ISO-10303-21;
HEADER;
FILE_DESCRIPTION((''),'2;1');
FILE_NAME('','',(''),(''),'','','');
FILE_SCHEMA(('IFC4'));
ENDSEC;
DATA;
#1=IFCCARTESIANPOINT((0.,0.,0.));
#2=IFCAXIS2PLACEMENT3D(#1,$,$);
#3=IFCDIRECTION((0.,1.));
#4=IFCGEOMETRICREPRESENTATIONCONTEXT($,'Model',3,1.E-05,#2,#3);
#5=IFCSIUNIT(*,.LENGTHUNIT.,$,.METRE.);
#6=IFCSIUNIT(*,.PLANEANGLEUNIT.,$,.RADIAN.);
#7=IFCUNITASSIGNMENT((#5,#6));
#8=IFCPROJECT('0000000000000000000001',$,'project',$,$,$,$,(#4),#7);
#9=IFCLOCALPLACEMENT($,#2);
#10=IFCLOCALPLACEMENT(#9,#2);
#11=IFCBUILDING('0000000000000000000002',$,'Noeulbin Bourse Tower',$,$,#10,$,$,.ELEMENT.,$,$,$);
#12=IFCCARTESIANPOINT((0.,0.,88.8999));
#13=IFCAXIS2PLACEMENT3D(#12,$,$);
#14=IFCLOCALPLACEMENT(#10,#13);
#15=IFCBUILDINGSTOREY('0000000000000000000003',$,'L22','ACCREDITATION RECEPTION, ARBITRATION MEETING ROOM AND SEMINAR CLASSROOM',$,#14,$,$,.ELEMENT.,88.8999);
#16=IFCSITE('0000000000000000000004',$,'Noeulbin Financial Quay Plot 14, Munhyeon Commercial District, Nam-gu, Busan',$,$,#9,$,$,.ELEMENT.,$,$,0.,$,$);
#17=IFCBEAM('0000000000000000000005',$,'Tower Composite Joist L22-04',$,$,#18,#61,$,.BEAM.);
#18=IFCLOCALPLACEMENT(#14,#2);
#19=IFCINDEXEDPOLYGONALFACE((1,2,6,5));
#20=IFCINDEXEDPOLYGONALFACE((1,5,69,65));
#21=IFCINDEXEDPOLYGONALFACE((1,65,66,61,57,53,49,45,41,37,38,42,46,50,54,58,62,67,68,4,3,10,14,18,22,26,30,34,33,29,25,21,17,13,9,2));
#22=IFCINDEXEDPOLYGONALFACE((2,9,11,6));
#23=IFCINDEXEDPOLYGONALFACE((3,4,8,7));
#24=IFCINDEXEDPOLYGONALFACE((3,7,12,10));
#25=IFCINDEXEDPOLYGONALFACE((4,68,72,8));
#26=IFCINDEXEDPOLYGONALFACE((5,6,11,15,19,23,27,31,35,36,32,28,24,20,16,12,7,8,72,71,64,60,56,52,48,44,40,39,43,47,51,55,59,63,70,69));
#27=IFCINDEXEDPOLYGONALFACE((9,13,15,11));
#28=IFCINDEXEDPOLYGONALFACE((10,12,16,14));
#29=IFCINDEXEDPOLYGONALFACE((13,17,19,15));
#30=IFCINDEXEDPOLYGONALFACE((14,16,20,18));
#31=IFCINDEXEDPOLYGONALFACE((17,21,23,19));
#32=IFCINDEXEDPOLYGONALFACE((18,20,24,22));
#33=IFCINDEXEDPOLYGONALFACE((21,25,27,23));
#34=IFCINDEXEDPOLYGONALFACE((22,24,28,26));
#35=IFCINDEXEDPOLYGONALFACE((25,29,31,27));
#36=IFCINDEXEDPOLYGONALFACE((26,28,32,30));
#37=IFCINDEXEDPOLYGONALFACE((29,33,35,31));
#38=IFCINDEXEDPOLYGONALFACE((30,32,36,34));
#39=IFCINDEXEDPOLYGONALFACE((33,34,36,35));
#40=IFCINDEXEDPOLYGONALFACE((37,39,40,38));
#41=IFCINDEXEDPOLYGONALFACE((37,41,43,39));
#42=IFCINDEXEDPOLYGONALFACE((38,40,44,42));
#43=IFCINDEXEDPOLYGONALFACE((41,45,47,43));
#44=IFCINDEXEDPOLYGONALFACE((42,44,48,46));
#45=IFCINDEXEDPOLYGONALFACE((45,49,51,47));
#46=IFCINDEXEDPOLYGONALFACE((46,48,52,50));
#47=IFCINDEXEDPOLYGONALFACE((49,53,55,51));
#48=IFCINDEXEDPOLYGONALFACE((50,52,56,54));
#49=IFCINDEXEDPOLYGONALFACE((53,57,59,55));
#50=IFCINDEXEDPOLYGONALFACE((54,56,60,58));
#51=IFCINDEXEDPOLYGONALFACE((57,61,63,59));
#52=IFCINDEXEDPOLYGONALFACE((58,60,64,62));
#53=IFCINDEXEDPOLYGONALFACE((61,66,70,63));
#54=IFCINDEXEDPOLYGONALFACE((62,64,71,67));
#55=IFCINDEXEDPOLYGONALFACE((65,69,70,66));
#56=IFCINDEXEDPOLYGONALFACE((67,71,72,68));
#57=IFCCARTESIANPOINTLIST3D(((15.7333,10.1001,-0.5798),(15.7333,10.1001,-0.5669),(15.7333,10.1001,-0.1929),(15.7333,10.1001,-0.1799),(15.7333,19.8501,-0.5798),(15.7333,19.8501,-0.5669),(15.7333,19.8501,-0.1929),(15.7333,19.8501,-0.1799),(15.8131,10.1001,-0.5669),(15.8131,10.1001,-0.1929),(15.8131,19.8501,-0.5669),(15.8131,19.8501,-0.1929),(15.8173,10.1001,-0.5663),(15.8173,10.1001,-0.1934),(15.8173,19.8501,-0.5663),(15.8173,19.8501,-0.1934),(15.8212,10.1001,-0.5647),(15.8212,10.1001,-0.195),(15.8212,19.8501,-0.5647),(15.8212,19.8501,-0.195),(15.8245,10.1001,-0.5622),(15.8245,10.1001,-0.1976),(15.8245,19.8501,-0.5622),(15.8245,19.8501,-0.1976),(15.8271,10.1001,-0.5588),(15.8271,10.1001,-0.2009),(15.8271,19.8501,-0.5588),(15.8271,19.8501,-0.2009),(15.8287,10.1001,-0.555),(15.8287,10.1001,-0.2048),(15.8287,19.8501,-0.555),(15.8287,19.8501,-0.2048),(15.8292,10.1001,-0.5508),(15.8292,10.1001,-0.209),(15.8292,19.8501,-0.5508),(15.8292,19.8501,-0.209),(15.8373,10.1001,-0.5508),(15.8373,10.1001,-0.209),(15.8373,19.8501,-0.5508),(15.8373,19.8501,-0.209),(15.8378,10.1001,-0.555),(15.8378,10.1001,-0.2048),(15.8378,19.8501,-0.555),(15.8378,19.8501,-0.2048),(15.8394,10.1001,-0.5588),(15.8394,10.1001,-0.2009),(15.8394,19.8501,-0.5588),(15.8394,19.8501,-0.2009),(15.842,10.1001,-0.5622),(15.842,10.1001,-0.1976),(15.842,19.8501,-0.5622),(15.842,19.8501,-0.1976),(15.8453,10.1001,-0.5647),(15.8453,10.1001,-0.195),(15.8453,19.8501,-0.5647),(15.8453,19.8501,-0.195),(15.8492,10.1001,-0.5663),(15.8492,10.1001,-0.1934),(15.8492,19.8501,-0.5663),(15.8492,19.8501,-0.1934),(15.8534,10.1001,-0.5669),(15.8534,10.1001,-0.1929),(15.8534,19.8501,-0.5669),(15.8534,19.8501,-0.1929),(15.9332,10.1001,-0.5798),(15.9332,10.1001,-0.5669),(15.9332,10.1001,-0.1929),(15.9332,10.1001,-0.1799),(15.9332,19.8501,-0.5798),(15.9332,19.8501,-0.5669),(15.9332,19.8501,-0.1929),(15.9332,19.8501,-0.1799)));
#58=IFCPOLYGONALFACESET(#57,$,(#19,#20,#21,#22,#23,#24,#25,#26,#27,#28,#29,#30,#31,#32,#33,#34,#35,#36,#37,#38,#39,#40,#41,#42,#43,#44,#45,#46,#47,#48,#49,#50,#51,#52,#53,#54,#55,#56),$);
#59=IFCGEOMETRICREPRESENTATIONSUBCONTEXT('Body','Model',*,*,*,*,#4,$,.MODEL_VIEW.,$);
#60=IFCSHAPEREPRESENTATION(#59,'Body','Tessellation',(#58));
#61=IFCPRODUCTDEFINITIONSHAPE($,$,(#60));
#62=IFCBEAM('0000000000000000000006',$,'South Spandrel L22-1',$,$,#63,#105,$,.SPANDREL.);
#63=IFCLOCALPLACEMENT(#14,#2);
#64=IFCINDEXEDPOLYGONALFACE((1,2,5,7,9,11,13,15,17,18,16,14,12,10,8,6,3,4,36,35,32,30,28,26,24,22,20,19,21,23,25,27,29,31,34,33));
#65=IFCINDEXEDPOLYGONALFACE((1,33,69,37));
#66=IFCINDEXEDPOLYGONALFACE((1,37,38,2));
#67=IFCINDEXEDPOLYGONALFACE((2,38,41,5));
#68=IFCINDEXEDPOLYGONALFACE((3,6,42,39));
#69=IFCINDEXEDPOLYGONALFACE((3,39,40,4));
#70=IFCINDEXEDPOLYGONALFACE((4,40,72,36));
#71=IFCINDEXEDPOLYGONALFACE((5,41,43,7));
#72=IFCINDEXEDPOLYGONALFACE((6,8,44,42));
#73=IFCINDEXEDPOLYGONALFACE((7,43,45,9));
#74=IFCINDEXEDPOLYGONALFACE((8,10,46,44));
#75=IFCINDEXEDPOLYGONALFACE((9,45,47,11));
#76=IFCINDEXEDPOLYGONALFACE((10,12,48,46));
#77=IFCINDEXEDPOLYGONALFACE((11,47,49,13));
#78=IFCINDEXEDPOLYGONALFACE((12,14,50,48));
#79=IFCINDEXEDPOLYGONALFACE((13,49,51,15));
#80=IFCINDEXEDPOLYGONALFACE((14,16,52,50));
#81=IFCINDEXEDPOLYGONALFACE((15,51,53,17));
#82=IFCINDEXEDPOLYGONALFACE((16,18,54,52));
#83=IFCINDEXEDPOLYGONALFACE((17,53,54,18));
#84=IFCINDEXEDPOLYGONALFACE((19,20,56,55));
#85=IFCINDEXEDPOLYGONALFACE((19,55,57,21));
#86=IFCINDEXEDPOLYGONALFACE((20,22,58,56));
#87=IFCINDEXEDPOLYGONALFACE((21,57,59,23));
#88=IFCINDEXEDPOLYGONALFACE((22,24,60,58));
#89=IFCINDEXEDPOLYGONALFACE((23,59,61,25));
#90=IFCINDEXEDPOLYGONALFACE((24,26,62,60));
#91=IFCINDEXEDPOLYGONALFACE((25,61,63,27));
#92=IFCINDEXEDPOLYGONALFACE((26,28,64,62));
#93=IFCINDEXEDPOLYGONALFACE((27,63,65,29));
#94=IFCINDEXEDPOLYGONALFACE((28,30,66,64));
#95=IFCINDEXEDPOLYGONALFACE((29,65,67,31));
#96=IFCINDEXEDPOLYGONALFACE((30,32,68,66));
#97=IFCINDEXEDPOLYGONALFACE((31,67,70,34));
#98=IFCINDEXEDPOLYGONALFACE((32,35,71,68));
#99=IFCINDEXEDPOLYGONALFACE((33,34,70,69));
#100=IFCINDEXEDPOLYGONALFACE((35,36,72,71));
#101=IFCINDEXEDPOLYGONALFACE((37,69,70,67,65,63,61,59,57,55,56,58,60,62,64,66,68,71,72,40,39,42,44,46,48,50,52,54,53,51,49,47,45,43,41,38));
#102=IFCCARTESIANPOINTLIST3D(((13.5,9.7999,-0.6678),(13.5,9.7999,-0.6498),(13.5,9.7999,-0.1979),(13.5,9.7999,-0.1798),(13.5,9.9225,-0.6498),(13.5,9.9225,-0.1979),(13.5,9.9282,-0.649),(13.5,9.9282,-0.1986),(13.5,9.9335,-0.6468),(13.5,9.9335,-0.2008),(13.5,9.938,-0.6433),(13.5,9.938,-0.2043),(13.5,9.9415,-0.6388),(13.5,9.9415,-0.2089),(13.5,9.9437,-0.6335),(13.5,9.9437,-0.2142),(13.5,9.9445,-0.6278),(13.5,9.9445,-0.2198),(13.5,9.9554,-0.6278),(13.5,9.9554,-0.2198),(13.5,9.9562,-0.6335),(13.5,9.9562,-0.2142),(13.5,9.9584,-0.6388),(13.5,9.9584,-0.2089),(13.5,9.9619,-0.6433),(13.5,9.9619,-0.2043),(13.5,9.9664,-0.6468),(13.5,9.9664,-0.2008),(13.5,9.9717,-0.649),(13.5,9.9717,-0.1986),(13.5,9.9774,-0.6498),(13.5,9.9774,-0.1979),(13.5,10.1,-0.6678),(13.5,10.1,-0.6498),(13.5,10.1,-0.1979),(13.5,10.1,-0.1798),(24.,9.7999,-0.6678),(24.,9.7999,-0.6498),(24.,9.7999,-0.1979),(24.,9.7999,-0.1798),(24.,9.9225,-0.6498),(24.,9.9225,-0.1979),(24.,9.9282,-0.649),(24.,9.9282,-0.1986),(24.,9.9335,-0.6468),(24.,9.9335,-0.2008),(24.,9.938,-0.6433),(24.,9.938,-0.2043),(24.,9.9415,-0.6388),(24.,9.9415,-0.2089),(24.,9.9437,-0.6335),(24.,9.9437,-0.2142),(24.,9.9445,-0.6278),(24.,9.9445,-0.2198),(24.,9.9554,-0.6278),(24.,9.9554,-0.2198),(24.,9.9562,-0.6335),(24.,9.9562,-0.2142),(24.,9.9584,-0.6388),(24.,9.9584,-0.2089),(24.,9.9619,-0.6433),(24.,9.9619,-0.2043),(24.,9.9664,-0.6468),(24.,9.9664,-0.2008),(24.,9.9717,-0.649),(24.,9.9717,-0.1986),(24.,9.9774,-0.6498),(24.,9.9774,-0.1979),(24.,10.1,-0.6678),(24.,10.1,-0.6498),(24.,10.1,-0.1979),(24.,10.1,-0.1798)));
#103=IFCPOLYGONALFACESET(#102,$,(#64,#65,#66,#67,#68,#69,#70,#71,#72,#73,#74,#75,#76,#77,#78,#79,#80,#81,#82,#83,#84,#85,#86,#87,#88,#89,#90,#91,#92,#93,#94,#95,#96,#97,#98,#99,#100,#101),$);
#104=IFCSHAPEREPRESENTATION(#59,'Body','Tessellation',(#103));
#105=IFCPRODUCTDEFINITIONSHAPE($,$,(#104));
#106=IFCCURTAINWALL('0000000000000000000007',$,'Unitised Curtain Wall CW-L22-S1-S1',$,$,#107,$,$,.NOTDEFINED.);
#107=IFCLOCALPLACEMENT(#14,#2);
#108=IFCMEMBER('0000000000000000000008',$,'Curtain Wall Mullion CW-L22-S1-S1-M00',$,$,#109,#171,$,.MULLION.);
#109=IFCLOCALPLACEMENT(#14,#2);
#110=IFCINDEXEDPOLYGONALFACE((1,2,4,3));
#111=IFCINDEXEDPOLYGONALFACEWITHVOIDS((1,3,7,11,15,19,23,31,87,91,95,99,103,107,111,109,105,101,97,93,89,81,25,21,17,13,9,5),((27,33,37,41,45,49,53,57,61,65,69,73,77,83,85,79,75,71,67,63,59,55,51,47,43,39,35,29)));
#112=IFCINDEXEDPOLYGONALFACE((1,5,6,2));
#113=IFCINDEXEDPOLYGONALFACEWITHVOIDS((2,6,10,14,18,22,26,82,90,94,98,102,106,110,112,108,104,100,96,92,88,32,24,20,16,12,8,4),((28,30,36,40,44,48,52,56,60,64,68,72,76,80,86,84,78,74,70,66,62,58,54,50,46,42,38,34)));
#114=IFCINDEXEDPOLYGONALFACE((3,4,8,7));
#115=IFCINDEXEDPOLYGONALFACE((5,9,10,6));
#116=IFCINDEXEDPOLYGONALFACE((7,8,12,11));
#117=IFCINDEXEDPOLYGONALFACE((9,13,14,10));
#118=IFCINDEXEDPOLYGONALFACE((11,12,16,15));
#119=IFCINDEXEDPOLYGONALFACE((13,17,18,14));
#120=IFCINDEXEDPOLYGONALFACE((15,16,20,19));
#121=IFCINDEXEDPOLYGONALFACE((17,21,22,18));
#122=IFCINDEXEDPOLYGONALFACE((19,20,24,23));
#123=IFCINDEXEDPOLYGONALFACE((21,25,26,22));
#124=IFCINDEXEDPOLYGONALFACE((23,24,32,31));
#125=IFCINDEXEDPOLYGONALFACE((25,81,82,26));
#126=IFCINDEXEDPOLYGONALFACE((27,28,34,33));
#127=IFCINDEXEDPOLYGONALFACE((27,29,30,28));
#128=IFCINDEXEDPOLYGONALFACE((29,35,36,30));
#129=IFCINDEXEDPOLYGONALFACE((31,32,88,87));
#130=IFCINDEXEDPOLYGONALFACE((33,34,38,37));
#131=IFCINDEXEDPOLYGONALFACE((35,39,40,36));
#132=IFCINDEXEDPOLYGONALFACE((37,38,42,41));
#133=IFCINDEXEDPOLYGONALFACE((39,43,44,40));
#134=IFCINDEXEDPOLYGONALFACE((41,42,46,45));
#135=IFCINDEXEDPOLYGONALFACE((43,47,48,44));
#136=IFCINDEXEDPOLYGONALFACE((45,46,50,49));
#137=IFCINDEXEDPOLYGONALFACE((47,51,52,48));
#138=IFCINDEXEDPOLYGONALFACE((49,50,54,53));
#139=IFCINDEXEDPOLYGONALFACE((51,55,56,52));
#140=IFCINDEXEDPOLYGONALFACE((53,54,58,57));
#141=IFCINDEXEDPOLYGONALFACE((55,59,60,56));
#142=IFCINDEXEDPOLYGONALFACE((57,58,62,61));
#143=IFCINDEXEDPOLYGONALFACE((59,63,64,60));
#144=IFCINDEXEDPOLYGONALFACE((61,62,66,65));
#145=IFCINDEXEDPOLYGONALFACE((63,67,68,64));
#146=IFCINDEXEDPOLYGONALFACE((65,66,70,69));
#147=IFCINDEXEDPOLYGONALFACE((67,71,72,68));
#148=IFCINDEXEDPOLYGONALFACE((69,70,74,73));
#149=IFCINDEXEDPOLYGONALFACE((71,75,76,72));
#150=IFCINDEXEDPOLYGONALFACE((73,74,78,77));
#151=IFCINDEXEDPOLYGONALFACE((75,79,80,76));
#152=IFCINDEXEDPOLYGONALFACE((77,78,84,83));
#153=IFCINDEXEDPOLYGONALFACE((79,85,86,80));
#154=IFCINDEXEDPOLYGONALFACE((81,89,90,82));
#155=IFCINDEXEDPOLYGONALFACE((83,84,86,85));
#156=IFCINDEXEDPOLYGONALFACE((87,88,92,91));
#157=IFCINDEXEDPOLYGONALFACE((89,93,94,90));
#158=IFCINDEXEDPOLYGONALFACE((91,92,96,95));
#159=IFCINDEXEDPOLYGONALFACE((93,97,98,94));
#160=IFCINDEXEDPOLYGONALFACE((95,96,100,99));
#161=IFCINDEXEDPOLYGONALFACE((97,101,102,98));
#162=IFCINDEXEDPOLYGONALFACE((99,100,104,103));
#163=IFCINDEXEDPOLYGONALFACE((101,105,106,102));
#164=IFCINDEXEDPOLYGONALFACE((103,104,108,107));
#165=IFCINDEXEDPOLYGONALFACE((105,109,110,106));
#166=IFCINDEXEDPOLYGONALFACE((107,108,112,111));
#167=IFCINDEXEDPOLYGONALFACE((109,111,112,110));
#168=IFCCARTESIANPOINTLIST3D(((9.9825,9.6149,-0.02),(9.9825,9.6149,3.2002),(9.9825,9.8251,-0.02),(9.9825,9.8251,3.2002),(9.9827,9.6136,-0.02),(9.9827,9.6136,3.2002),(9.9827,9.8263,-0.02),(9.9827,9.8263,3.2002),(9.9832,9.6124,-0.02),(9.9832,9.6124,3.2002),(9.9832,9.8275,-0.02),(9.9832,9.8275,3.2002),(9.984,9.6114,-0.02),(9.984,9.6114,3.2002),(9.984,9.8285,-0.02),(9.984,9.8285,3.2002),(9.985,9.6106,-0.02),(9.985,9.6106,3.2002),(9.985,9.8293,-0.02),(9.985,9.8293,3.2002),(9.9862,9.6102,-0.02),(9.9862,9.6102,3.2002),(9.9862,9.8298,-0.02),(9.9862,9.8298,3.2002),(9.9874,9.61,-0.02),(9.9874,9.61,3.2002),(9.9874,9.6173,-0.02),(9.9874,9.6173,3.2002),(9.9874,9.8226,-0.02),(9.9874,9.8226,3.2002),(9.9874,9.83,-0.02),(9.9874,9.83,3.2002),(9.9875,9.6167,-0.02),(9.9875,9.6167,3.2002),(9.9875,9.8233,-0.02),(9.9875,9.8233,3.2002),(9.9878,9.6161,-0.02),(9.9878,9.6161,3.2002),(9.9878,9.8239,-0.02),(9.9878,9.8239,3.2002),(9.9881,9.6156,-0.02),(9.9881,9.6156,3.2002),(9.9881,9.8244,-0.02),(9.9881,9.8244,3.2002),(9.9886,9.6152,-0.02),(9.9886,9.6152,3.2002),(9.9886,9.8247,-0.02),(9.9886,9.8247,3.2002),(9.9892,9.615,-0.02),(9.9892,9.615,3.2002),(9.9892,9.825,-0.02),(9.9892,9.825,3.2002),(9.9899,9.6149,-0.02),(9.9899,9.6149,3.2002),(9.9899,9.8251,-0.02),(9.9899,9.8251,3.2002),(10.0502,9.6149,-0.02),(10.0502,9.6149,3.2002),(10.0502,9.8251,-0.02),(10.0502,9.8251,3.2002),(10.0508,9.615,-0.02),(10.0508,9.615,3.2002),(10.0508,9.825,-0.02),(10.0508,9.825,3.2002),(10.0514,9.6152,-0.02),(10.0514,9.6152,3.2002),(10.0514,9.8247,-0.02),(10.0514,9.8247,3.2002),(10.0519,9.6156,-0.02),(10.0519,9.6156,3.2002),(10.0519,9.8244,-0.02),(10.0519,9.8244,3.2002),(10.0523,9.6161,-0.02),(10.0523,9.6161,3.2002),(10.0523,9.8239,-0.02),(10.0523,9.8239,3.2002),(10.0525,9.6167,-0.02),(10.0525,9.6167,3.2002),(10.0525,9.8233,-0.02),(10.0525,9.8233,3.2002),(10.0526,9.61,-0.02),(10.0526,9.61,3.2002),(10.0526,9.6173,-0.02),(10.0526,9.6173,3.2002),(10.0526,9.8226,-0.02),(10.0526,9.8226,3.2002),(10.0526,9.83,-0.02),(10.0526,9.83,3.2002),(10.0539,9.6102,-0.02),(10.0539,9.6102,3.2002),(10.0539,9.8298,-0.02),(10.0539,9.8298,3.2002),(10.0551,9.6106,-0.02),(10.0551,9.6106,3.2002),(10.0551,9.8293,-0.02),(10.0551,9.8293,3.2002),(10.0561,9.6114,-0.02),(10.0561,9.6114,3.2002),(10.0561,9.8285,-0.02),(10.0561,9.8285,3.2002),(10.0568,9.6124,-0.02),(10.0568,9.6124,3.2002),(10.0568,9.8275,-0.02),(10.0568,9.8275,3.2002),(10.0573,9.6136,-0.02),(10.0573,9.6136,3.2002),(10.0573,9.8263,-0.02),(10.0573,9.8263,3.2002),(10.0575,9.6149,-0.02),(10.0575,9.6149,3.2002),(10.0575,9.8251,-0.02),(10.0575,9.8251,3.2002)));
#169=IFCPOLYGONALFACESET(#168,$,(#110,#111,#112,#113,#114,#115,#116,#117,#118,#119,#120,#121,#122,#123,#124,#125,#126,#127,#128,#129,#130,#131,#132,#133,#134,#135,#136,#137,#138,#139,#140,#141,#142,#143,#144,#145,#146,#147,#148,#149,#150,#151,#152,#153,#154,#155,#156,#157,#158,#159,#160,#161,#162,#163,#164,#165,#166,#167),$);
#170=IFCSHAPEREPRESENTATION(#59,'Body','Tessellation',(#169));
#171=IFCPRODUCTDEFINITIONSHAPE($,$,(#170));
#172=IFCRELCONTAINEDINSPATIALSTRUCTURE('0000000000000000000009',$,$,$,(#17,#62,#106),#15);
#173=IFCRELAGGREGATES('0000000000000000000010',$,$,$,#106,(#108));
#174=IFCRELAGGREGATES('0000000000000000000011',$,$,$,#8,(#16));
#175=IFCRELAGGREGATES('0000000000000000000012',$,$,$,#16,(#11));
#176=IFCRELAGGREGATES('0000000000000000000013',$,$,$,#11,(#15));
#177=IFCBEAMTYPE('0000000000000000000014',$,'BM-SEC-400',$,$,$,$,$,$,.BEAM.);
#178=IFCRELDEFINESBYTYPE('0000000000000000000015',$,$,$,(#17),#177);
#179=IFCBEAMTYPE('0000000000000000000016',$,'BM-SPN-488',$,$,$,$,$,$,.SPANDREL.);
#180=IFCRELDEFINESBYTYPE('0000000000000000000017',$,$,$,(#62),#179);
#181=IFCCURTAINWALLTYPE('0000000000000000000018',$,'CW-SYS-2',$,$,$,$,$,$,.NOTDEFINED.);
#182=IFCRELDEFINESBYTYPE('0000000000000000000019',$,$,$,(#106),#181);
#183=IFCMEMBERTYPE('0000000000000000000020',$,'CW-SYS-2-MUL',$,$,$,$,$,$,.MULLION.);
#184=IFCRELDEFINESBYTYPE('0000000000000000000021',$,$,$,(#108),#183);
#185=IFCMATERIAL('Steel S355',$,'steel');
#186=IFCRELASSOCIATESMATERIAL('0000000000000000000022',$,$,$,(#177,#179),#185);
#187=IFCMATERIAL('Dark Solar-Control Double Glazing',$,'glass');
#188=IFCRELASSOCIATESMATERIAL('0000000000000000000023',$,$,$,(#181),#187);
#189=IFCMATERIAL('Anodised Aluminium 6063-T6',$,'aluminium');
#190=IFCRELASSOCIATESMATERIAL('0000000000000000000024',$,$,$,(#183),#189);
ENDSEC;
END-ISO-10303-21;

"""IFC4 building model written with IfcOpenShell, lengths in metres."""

from ifc_helpers import new_model, si_unit, direction, frame, origin, origin_2d, place, context, subcontext, project, spatial, hollow_rectangle, i_section, extrude, material, material_profile, profile_set, type_object, element, aggregate, save


model = new_model("IFC4")

# Units and contexts
model_context = context("Model", 3, precision=1e-05, world=origin(), true_north=direction((0.0, 1.0)))
body_context = subcontext(model_context, "Body", "Model", "MODEL_VIEW")
ifc_project = project(units=[si_unit("LENGTHUNIT", "METRE"), si_unit("PLANEANGLEUNIT", "RADIAN")], contexts=[model_context])

# Site, building, storey
site_placement = place(None, origin())
site = spatial("IfcSite", under=ifc_project, at=site_placement, Name="Noeulbin Financial Quay Plot 14, Munhyeon Commercial District, Nam-gu, Busan", CompositionType="ELEMENT", RefElevation=0.0)
building_placement = place(site_placement, origin())
building = spatial("IfcBuilding", under=site, at=building_placement, Name="Noeulbin Bourse Tower", CompositionType="ELEMENT")
storey_placement = place(building_placement, frame((0.0, 0.0, 88.8999)))
storey = spatial("IfcBuildingStorey", under=building, at=storey_placement, Name="L22", Description="ACCREDITATION RECEPTION, ARBITRATION MEETING ROOM AND SEMINAR CLASSROOM", CompositionType="ELEMENT", Elevation=88.8999)

# Beams
ifc_material_1 = material(Name="Steel S355", Category="steel")
ifc_material_profile_1 = material_profile(ifc_material_1, i_section(OverallWidth=0.2, OverallDepth=0.3999, WebThickness=0.0081, FlangeThickness=0.0129, FilletRadius=0.0161, at=origin_2d()), Name="H-400x200x8x13", Category="LoadBearing")
ifc_profile_set_1 = profile_set([ifc_material_profile_1], Name="Steel S355")
beam_type_1 = type_object("IfcBeamType", Name="BM-SEC-400", PredefinedType="BEAM", material=ifc_profile_set_1)
for number, where, z_axis, x_axis, name in (
    (1, (15.8333, 10.1001, -0.3799), (0.0, 1.0, 0.0), (-1.0, 0.0, 0.0), "Tower Composite Joist L22-04"),
):
    element("IfcBeam", number, at=place(storey_placement, frame(where, z_axis=z_axis, x_axis=x_axis)), inside=storey, type_object=beam_type_1, Name=name, PredefinedType="BEAM", context=body_context, shape_type="SweptSolid", body=[
        extrude(i_section(OverallWidth=0.2, OverallDepth=0.3999, WebThickness=0.0081, FlangeThickness=0.0129, FilletRadius=0.0161, at=origin_2d()), origin(), (0.0, 0.0, 1.0), 9.75),
    ])
ifc_material_profile_2 = material_profile(ifc_material_1, i_section(OverallWidth=0.3, OverallDepth=0.488, WebThickness=0.011, FlangeThickness=0.0181, FilletRadius=0.022, at=origin_2d()), Name="H-488x300x11x18", Category="LoadBearing")
ifc_profile_set_2 = profile_set([ifc_material_profile_2], Name="Steel S355")
beam_type_2 = type_object("IfcBeamType", Name="BM-SPN-488", PredefinedType="SPANDREL", material=ifc_profile_set_2)
beam_1_placement = place(storey_placement, frame((13.5, 9.95, -0.4238), z_axis=(1.0, 0.0, 0.0), x_axis=(0.0, 1.0, 0.0)))
element("IfcBeam", 2, at=beam_1_placement, inside=storey, type_object=beam_type_2, Name="South Spandrel L22-1", PredefinedType="SPANDREL", context=body_context, shape_type="SweptSolid", body=[
    extrude(i_section(OverallWidth=0.3, OverallDepth=0.488, WebThickness=0.011, FlangeThickness=0.0181, FilletRadius=0.022, at=origin_2d()), origin(), (0.0, 0.0, 1.0), 10.5),
])

# Curtain wall, member
ifc_material_2 = material(Name="Dark Solar-Control Double Glazing", Category="glass")
curtain_wall_type = type_object("IfcCurtainWallType", Name="CW-SYS-2", PredefinedType="NOTDEFINED", material=ifc_material_2)
curtain_wall_1_placement = place(storey_placement, origin())
curtain_wall_1 = element("IfcCurtainWall", 3, at=curtain_wall_1_placement, inside=storey, type_object=curtain_wall_type, Name="Unitised Curtain Wall CW-L22-S1-S1", PredefinedType="NOTDEFINED")
ifc_material_3 = material(Name="Anodised Aluminium 6063-T6", Category="aluminium")
ifc_material_profile_3 = material_profile(ifc_material_3, hollow_rectangle(XDim=0.075, YDim=0.22, WallThickness=0.0049, InnerFilletRadius=0.0024, OuterFilletRadius=0.0049, at=origin_2d()), Name="ALU-MULL-75x220x5", Category="LoadBearing")
ifc_profile_set_3 = profile_set([ifc_material_profile_3], Name="Anodised Aluminium 6063-T6")
member_type_1 = type_object("IfcMemberType", Name="CW-SYS-2-MUL", PredefinedType="MULLION", material=ifc_profile_set_3)
member_1_placement = place(storey_placement, frame((10.02, 9.72, -0.02), z_axis=(0.0, 0.0, 1.0), x_axis=(1.0, 0.0, 0.0)))
member_1 = element("IfcMember", 4, at=member_1_placement, type_object=member_type_1, Name="Curtain Wall Mullion CW-L22-S1-S1-M00", PredefinedType="MULLION", context=body_context, shape_type="SweptSolid", body=[
    extrude(hollow_rectangle(XDim=0.075, YDim=0.22, WallThickness=0.0049, InnerFilletRadius=0.0024, OuterFilletRadius=0.0049, at=origin_2d()), origin(), (0.0, 0.0, 1.0), 3.2202),
])

aggregate(curtain_wall_1, [member_1])

save(model, "model.ifc")
